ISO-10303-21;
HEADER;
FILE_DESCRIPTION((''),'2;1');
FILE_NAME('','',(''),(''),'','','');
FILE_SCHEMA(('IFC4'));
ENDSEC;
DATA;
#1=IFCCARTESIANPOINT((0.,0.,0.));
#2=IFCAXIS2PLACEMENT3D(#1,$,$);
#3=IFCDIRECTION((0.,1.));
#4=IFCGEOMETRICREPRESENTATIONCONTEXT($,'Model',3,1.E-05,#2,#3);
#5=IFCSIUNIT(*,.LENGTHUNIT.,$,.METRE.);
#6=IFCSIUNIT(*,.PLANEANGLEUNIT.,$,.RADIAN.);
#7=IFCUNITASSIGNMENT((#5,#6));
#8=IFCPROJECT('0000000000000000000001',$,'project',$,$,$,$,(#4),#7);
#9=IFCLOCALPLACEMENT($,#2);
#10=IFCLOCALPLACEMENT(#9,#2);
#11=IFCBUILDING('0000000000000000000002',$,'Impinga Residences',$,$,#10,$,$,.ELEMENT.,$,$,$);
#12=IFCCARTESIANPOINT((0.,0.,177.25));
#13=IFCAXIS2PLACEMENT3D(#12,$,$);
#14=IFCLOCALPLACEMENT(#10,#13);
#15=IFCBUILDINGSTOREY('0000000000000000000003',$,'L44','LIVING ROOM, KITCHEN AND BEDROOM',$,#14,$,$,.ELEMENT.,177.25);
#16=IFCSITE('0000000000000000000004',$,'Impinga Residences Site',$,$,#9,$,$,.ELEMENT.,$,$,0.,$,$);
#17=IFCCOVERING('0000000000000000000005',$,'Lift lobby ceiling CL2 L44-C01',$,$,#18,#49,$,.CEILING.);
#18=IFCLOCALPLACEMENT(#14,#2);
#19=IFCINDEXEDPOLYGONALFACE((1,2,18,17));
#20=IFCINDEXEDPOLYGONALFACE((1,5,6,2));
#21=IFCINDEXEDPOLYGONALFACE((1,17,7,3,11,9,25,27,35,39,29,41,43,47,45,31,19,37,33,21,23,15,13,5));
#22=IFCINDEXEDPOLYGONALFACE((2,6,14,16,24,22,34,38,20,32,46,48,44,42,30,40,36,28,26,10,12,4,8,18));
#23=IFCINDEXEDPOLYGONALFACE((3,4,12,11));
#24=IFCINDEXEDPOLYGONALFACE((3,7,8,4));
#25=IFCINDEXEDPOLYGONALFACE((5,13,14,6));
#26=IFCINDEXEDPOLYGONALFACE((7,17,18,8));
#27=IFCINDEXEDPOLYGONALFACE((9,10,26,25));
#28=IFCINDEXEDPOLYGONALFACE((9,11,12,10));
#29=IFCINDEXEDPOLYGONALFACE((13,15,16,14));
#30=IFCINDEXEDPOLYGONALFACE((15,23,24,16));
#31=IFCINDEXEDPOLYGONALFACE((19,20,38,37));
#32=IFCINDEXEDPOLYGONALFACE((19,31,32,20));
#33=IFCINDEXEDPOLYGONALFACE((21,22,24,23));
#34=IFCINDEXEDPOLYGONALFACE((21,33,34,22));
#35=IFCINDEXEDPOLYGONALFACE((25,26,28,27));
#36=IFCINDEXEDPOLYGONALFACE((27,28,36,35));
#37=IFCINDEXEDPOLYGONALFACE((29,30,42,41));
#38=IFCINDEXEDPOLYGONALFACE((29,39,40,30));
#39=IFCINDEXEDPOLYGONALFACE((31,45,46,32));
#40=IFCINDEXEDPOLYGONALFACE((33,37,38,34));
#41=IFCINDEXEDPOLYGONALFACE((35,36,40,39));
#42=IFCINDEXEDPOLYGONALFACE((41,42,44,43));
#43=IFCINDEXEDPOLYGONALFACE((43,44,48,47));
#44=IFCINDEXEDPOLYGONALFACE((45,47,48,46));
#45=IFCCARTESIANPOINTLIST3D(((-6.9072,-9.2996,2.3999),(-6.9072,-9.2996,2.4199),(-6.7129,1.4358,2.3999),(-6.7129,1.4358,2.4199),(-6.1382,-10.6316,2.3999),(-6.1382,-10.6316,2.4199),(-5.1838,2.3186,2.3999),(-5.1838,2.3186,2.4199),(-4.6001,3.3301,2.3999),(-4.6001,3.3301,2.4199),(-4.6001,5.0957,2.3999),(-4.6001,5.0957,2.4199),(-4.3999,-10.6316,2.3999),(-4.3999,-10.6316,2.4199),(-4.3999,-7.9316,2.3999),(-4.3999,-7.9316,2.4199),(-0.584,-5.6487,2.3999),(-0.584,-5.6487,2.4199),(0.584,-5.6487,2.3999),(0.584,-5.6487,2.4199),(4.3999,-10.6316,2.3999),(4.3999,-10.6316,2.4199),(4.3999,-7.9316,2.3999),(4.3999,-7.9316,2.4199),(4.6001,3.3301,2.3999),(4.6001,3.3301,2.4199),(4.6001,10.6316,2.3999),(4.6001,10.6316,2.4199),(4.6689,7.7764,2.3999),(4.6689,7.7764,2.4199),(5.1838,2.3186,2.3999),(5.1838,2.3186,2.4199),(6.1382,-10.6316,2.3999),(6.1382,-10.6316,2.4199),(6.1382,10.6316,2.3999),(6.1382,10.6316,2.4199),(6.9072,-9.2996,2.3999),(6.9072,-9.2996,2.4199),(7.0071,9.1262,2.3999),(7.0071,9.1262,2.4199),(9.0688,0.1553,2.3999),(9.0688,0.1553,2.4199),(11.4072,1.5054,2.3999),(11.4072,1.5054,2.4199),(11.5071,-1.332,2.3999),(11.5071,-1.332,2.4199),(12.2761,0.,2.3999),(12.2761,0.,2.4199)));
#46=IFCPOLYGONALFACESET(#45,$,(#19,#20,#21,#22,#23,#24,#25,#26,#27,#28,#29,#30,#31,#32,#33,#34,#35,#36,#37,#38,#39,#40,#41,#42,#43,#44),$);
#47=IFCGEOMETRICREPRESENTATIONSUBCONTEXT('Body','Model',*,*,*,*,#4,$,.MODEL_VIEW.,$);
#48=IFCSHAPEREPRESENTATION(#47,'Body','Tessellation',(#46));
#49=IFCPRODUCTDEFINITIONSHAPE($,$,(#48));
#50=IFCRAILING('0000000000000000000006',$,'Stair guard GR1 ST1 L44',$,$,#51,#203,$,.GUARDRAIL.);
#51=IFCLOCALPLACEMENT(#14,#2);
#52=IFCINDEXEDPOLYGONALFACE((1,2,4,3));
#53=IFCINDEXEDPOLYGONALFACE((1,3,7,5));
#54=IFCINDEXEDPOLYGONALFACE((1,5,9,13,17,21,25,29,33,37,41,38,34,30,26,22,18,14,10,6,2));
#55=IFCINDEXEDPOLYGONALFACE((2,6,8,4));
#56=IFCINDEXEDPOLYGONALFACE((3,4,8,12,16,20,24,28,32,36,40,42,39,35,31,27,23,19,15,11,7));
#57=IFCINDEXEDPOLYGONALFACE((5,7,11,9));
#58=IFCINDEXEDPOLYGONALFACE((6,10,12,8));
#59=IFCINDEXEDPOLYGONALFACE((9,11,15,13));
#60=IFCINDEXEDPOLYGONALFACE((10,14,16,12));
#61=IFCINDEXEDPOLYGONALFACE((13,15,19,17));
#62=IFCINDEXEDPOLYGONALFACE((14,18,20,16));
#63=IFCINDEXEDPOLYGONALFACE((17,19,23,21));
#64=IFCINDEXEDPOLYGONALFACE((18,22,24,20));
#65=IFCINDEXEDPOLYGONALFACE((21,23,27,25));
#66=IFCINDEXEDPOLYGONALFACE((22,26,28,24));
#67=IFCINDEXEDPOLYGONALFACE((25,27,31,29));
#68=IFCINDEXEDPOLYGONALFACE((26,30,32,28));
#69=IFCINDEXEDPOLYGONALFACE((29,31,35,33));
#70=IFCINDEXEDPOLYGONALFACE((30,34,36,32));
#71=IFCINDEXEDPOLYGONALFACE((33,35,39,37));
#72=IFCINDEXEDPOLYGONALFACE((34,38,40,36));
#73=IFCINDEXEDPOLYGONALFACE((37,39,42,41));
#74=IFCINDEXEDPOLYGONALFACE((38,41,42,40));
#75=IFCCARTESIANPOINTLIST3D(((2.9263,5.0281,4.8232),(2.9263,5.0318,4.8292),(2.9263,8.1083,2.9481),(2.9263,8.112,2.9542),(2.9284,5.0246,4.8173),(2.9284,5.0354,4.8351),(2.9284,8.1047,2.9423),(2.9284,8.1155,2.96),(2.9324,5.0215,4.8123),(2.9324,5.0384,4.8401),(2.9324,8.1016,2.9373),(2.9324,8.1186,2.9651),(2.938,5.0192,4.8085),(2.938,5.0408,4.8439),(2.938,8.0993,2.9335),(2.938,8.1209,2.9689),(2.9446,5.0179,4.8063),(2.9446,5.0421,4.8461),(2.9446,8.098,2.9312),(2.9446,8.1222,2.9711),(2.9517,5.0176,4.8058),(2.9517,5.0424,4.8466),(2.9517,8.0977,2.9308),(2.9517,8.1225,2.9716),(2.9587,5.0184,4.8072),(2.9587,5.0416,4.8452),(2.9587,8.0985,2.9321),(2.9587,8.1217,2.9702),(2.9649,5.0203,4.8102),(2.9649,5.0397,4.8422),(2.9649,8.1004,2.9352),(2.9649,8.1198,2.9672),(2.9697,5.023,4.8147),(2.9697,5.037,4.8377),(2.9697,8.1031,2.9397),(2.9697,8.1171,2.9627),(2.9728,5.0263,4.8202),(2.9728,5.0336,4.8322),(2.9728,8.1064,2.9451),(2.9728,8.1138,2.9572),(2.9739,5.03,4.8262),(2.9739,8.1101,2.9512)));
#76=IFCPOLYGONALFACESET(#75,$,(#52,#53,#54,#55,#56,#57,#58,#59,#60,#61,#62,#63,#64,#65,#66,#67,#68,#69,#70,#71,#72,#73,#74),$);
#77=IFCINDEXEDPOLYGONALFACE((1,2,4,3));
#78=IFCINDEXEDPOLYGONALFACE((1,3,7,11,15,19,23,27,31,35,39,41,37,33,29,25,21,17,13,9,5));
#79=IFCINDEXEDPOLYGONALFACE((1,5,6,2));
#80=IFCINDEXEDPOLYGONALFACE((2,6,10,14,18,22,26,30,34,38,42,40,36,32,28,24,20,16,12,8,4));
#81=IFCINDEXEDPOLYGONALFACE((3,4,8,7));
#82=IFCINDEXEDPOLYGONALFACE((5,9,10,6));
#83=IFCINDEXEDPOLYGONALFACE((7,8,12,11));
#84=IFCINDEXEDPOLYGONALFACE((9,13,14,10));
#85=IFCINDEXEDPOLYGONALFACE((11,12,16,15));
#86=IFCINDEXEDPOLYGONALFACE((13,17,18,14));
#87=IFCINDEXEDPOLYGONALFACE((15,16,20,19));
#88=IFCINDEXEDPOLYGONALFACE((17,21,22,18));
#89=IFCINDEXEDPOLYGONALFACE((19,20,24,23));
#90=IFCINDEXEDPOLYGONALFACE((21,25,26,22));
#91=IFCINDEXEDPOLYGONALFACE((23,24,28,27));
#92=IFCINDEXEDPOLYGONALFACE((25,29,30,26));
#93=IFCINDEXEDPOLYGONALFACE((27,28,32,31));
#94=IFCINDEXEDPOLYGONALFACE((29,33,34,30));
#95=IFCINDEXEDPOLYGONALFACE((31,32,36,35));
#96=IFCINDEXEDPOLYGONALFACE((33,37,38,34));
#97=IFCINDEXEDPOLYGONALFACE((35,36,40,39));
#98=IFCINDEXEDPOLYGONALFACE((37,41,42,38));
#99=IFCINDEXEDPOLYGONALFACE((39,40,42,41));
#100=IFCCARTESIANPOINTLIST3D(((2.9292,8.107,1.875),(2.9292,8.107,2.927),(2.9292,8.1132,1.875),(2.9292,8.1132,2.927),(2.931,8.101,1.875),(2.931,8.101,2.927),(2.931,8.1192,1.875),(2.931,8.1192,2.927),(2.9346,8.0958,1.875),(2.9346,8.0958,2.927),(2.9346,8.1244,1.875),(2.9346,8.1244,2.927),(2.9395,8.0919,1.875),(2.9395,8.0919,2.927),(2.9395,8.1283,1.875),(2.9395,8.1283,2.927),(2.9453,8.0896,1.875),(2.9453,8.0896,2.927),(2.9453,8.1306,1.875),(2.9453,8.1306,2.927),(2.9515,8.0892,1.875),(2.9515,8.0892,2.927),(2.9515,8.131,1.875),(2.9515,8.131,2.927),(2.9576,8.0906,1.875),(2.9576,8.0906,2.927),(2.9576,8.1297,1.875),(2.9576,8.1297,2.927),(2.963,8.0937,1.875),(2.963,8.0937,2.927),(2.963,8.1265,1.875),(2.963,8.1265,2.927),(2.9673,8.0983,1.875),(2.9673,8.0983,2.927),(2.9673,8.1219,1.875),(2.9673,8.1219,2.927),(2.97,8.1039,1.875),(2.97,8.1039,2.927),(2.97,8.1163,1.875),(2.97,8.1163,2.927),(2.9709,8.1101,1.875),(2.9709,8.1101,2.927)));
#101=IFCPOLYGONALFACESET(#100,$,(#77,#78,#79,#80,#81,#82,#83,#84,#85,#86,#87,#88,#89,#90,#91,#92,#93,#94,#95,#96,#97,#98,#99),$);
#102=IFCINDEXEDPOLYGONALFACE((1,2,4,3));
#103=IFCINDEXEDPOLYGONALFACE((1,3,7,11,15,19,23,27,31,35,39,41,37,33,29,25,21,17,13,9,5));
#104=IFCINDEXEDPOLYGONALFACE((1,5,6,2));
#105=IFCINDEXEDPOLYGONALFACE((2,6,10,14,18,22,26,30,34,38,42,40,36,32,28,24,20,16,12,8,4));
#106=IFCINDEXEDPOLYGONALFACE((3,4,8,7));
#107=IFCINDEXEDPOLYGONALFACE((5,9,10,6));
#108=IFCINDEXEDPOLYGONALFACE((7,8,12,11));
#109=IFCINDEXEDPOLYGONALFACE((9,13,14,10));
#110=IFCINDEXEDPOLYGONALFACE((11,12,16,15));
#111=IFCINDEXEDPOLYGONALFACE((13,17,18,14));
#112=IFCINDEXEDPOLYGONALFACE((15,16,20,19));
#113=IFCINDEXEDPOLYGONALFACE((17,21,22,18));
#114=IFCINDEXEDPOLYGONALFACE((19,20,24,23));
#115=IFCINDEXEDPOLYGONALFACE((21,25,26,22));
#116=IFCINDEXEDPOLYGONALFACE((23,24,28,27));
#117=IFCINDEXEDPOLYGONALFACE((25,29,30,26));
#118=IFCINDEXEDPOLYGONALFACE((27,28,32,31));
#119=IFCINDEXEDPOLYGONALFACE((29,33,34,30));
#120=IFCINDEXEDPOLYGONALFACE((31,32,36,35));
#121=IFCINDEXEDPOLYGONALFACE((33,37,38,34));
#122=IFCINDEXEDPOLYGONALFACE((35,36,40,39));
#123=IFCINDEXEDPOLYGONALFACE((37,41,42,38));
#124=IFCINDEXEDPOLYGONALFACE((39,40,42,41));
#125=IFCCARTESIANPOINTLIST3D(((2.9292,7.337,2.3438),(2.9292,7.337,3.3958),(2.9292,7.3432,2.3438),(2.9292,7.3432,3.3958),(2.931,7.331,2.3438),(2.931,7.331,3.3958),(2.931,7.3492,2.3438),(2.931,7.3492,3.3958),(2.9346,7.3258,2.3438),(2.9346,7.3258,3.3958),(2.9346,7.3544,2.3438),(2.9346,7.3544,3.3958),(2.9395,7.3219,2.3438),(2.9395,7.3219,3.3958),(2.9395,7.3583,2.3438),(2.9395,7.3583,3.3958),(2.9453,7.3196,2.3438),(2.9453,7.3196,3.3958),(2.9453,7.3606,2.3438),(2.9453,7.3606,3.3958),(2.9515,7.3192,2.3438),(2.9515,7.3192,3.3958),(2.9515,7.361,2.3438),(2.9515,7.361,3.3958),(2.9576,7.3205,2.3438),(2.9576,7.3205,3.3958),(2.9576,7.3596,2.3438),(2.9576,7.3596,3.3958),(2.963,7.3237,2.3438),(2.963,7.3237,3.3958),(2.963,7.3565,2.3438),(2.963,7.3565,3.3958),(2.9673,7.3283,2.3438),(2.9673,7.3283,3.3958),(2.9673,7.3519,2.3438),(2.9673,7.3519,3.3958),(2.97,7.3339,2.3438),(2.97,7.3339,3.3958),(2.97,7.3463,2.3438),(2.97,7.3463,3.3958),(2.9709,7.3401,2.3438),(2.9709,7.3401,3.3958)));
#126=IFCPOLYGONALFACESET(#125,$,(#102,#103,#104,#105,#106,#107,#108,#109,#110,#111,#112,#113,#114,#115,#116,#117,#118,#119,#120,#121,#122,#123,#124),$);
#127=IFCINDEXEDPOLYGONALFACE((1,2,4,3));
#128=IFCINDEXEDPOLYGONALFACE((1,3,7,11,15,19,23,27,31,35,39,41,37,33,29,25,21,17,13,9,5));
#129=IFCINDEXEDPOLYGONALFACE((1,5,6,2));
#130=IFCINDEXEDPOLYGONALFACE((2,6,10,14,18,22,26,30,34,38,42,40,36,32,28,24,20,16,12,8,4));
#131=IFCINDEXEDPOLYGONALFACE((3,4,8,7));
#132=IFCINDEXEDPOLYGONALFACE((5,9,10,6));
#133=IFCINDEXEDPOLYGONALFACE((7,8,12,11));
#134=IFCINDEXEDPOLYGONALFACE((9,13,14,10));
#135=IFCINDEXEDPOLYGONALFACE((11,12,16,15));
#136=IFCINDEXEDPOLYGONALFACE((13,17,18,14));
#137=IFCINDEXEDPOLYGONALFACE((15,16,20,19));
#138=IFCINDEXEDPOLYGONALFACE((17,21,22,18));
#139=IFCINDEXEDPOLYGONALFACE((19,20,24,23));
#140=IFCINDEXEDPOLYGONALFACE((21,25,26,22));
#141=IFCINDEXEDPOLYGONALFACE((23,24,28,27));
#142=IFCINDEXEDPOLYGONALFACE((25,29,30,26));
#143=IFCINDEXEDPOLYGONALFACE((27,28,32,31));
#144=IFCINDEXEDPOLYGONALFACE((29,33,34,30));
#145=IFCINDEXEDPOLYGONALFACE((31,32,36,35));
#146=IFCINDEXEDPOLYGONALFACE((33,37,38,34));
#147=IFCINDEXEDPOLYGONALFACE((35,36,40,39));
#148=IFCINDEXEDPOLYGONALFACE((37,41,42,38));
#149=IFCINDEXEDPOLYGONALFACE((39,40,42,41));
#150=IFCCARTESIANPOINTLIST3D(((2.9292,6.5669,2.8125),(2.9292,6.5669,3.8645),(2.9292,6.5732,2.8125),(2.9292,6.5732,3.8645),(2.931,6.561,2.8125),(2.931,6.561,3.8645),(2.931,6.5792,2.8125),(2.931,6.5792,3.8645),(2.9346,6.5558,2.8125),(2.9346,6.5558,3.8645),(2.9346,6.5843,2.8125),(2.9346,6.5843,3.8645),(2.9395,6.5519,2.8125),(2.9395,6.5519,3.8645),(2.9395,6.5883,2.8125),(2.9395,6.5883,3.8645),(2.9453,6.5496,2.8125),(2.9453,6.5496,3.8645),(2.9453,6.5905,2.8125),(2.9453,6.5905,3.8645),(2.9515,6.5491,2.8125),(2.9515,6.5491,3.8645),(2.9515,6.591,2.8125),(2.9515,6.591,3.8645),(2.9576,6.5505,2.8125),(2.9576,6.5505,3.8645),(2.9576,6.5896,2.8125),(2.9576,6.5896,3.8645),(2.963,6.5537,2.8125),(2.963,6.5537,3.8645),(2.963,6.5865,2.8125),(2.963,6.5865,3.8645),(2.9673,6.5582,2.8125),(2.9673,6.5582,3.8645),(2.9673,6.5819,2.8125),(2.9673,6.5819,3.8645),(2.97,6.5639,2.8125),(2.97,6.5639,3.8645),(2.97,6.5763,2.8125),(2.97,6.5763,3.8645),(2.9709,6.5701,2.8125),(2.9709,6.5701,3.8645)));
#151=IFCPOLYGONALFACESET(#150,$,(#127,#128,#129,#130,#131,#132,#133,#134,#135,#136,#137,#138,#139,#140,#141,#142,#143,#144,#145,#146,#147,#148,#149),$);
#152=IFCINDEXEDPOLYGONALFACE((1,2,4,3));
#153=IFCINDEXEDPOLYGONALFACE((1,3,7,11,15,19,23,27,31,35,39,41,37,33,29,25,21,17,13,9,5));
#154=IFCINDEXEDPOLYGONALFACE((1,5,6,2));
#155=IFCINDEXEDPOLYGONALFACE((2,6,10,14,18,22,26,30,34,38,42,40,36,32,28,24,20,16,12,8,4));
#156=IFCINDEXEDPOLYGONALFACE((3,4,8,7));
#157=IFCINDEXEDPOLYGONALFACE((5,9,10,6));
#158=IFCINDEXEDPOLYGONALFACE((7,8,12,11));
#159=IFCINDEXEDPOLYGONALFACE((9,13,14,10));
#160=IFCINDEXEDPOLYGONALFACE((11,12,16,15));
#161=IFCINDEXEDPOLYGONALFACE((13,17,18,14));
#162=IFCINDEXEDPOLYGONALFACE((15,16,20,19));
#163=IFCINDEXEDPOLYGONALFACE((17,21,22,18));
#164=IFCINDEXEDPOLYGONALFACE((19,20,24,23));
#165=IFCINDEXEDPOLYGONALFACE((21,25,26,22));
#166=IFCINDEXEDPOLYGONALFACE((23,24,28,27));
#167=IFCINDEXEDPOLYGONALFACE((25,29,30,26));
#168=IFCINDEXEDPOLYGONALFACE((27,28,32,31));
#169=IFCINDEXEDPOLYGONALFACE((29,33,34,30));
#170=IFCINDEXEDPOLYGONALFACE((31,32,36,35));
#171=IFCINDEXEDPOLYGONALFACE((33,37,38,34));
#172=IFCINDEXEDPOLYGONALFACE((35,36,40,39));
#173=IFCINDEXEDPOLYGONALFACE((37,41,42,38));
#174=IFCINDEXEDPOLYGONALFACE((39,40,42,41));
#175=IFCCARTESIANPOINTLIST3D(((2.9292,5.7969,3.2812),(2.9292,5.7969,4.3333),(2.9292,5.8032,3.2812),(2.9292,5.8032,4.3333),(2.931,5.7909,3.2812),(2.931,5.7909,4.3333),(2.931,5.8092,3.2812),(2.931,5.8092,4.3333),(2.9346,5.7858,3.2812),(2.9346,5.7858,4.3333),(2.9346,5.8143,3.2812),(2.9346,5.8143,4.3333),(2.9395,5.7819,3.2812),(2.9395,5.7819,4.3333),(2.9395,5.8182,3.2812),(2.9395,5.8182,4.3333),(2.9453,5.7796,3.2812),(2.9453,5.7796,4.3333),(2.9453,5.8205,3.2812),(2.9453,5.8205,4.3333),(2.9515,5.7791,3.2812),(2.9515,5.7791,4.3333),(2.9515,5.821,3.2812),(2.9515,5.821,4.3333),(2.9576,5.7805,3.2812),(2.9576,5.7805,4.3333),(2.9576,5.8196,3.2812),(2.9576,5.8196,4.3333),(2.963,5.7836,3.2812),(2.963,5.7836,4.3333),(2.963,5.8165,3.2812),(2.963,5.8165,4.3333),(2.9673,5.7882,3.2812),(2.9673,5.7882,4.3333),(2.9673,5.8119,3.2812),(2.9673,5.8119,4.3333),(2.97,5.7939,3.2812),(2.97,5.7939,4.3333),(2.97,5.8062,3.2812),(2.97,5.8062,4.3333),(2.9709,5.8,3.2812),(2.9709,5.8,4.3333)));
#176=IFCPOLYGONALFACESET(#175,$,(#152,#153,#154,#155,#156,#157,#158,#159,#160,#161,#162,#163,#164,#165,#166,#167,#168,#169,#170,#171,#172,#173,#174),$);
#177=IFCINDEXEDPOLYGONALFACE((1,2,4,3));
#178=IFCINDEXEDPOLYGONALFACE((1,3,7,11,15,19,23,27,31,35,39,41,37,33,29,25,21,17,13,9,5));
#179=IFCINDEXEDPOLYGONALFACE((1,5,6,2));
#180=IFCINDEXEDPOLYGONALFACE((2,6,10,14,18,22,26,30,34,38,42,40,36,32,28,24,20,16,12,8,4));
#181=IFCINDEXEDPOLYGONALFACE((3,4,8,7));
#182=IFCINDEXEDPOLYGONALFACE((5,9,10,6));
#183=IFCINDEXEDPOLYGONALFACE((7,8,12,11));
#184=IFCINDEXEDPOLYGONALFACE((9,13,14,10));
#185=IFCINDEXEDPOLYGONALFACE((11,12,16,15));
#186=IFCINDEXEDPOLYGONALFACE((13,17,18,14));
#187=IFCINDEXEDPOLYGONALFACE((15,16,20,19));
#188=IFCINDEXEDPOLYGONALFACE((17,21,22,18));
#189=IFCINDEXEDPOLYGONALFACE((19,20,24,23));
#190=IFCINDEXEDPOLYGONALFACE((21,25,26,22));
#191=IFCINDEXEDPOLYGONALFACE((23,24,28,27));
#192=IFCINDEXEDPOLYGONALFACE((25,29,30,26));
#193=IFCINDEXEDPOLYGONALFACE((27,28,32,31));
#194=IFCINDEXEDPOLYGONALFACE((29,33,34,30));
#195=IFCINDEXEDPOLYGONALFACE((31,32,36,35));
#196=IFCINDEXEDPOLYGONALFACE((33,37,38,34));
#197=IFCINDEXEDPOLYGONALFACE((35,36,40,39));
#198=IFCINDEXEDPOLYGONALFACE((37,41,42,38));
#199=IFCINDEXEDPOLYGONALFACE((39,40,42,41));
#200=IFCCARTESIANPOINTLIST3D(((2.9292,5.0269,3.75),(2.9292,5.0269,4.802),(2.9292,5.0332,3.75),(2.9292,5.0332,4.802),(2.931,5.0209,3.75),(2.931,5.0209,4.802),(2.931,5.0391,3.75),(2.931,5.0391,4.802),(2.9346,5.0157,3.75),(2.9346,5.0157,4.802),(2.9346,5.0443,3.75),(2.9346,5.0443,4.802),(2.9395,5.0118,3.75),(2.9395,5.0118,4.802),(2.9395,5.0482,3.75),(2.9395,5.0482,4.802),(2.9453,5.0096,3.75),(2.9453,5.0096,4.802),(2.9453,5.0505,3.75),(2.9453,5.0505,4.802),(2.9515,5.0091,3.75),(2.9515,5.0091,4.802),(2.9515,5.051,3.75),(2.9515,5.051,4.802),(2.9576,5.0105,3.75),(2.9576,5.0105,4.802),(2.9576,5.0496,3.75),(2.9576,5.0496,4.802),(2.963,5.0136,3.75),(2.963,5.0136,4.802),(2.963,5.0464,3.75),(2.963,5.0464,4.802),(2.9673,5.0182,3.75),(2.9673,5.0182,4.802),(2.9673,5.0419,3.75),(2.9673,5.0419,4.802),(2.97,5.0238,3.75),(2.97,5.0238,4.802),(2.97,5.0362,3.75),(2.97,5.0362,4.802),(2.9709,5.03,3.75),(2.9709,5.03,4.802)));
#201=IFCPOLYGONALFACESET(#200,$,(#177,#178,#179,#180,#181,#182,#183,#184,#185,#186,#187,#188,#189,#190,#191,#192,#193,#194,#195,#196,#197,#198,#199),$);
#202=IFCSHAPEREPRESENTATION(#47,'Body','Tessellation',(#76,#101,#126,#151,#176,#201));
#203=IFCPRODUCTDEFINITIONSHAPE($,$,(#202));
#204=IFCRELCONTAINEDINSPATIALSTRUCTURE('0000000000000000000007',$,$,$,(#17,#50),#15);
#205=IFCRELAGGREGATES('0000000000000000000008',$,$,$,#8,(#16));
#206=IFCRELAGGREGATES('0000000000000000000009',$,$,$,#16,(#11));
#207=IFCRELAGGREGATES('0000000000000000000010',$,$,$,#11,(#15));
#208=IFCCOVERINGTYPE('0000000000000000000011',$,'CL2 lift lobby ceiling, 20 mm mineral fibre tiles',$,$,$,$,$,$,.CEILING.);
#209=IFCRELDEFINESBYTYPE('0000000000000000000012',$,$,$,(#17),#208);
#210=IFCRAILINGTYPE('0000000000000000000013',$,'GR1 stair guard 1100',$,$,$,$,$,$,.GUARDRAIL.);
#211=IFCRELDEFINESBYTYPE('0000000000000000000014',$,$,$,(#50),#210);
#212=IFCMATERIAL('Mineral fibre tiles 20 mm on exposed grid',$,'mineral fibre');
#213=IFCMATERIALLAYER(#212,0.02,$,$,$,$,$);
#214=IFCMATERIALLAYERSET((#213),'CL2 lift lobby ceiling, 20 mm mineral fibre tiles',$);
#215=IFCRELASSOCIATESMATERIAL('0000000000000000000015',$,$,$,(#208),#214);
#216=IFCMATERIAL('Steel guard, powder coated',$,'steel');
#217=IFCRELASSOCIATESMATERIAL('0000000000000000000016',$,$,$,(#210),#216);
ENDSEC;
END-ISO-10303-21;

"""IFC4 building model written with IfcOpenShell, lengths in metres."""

from ifc_helpers import new_model, si_unit, direction, frame, origin, origin_2d, place, context, subcontext, project, spatial, polyline, circle, outline, extrude, material, layer, layer_set, type_object, element, save


model = new_model("IFC4")

# Units and contexts
model_context = context("Model", 3, precision=1e-05, world=origin(), true_north=direction((0.0, 1.0)))
body_context = subcontext(model_context, "Body", "Model", "MODEL_VIEW")
ifc_project = project(units=[si_unit("LENGTHUNIT", "METRE"), si_unit("PLANEANGLEUNIT", "RADIAN")], contexts=[model_context])

# Site, building, storey
site_placement = place(None, origin())
site = spatial("IfcSite", under=ifc_project, at=site_placement, Name="Impinga Residences Site", CompositionType="ELEMENT", RefElevation=0.0)
building_placement = place(site_placement, origin())
building = spatial("IfcBuilding", under=site, at=building_placement, Name="Impinga Residences", CompositionType="ELEMENT")
storey_placement = place(building_placement, frame((0.0, 0.0, 177.25)))
storey = spatial("IfcBuildingStorey", under=building, at=storey_placement, Name="L44", Description="LIVING ROOM, KITCHEN AND BEDROOM", CompositionType="ELEMENT", Elevation=177.25)

# Covering
ifc_material_1 = material(Name="Mineral fibre tiles 20 mm on exposed grid", Category="mineral fibre")
ifc_layer_1 = layer(ifc_material_1, 0.02)
ifc_layer_set_1 = layer_set([ifc_layer_1], Name="CL2 lift lobby ceiling, 20 mm mineral fibre tiles")
covering_type_1 = type_object("IfcCoveringType", Name="CL2 lift lobby ceiling, 20 mm mineral fibre tiles", PredefinedType="CEILING", material=ifc_layer_set_1)
covering_1_placement = place(storey_placement, frame((0.0, 0.0, 2.3999)))
element("IfcCovering", 1, at=covering_1_placement, inside=storey, type_object=covering_type_1, Name="Lift lobby ceiling CL2 L44-C01", PredefinedType="CEILING", context=body_context, shape_type="SweptSolid", body=[
    extrude(outline(polyline([(5.1838, 2.3186), (0.584, -5.6487), (6.9072, -9.2996), (6.1382, -10.6316), (4.3999, -10.6316), (4.3999, -7.9316), (-4.3999, -7.9316), (-4.3999, -10.6316), (-6.1382, -10.6316), (-6.9072, -9.2996), (-0.584, -5.6487), (-5.1838, 2.3186), (-6.7129, 1.4358), (-4.6001, 5.0957), (-4.6001, 3.3301), (4.6001, 3.3301), (4.6001, 10.6316), (6.1382, 10.6316), (7.0071, 9.1262), (4.6689, 7.7764), (9.0688, 0.1553), (11.4072, 1.5054), (12.2761, 0.0), (11.5071, -1.332), (5.1838, 2.3186)])), origin(), (0.0, 0.0, 1.0), 0.02),
])

# Railing
ifc_material_2 = material(Name="Steel guard, powder coated", Category="steel")
railing_type_1 = type_object("IfcRailingType", Name="GR1 stair guard 1100", PredefinedType="GUARDRAIL", material=ifc_material_2)
railing_1_placement = place(storey_placement, frame((2.95, 8.1101, 1.875)))
element("IfcRailing", 2, at=railing_1_placement, inside=storey, type_object=railing_type_1, Name="Stair guard GR1 ST1 L44", PredefinedType="GUARDRAIL", context=body_context, shape_type="SweptSolid", body=[
    extrude(circle(Radius=0.0239, at=origin_2d()), frame((0.0, 0.0, 1.0762), z_axis=(0.0, -0.854178, 0.519981), x_axis=(1.0, 0.0, 0.0)), (0.0, 0.0, 1.0), 3.606),
    extrude(circle(Radius=0.021, at=origin_2d()), origin(), (0.0, 0.0, 1.0), 1.052),
    extrude(circle(Radius=0.021, at=origin_2d()), frame((0.0, -0.77, 0.4688)), (0.0, 0.0, 1.0), 1.052),
    extrude(circle(Radius=0.021, at=origin_2d()), frame((0.0, -1.54, 0.9375)), (0.0, 0.0, 1.0), 1.052),
    extrude(circle(Radius=0.021, at=origin_2d()), frame((0.0, -2.3101, 1.4062)), (0.0, 0.0, 1.0), 1.052),
    extrude(circle(Radius=0.021, at=origin_2d()), frame((0.0, -3.0801, 1.875)), (0.0, 0.0, 1.0), 1.052),
])

save(model, "model.ifc")
